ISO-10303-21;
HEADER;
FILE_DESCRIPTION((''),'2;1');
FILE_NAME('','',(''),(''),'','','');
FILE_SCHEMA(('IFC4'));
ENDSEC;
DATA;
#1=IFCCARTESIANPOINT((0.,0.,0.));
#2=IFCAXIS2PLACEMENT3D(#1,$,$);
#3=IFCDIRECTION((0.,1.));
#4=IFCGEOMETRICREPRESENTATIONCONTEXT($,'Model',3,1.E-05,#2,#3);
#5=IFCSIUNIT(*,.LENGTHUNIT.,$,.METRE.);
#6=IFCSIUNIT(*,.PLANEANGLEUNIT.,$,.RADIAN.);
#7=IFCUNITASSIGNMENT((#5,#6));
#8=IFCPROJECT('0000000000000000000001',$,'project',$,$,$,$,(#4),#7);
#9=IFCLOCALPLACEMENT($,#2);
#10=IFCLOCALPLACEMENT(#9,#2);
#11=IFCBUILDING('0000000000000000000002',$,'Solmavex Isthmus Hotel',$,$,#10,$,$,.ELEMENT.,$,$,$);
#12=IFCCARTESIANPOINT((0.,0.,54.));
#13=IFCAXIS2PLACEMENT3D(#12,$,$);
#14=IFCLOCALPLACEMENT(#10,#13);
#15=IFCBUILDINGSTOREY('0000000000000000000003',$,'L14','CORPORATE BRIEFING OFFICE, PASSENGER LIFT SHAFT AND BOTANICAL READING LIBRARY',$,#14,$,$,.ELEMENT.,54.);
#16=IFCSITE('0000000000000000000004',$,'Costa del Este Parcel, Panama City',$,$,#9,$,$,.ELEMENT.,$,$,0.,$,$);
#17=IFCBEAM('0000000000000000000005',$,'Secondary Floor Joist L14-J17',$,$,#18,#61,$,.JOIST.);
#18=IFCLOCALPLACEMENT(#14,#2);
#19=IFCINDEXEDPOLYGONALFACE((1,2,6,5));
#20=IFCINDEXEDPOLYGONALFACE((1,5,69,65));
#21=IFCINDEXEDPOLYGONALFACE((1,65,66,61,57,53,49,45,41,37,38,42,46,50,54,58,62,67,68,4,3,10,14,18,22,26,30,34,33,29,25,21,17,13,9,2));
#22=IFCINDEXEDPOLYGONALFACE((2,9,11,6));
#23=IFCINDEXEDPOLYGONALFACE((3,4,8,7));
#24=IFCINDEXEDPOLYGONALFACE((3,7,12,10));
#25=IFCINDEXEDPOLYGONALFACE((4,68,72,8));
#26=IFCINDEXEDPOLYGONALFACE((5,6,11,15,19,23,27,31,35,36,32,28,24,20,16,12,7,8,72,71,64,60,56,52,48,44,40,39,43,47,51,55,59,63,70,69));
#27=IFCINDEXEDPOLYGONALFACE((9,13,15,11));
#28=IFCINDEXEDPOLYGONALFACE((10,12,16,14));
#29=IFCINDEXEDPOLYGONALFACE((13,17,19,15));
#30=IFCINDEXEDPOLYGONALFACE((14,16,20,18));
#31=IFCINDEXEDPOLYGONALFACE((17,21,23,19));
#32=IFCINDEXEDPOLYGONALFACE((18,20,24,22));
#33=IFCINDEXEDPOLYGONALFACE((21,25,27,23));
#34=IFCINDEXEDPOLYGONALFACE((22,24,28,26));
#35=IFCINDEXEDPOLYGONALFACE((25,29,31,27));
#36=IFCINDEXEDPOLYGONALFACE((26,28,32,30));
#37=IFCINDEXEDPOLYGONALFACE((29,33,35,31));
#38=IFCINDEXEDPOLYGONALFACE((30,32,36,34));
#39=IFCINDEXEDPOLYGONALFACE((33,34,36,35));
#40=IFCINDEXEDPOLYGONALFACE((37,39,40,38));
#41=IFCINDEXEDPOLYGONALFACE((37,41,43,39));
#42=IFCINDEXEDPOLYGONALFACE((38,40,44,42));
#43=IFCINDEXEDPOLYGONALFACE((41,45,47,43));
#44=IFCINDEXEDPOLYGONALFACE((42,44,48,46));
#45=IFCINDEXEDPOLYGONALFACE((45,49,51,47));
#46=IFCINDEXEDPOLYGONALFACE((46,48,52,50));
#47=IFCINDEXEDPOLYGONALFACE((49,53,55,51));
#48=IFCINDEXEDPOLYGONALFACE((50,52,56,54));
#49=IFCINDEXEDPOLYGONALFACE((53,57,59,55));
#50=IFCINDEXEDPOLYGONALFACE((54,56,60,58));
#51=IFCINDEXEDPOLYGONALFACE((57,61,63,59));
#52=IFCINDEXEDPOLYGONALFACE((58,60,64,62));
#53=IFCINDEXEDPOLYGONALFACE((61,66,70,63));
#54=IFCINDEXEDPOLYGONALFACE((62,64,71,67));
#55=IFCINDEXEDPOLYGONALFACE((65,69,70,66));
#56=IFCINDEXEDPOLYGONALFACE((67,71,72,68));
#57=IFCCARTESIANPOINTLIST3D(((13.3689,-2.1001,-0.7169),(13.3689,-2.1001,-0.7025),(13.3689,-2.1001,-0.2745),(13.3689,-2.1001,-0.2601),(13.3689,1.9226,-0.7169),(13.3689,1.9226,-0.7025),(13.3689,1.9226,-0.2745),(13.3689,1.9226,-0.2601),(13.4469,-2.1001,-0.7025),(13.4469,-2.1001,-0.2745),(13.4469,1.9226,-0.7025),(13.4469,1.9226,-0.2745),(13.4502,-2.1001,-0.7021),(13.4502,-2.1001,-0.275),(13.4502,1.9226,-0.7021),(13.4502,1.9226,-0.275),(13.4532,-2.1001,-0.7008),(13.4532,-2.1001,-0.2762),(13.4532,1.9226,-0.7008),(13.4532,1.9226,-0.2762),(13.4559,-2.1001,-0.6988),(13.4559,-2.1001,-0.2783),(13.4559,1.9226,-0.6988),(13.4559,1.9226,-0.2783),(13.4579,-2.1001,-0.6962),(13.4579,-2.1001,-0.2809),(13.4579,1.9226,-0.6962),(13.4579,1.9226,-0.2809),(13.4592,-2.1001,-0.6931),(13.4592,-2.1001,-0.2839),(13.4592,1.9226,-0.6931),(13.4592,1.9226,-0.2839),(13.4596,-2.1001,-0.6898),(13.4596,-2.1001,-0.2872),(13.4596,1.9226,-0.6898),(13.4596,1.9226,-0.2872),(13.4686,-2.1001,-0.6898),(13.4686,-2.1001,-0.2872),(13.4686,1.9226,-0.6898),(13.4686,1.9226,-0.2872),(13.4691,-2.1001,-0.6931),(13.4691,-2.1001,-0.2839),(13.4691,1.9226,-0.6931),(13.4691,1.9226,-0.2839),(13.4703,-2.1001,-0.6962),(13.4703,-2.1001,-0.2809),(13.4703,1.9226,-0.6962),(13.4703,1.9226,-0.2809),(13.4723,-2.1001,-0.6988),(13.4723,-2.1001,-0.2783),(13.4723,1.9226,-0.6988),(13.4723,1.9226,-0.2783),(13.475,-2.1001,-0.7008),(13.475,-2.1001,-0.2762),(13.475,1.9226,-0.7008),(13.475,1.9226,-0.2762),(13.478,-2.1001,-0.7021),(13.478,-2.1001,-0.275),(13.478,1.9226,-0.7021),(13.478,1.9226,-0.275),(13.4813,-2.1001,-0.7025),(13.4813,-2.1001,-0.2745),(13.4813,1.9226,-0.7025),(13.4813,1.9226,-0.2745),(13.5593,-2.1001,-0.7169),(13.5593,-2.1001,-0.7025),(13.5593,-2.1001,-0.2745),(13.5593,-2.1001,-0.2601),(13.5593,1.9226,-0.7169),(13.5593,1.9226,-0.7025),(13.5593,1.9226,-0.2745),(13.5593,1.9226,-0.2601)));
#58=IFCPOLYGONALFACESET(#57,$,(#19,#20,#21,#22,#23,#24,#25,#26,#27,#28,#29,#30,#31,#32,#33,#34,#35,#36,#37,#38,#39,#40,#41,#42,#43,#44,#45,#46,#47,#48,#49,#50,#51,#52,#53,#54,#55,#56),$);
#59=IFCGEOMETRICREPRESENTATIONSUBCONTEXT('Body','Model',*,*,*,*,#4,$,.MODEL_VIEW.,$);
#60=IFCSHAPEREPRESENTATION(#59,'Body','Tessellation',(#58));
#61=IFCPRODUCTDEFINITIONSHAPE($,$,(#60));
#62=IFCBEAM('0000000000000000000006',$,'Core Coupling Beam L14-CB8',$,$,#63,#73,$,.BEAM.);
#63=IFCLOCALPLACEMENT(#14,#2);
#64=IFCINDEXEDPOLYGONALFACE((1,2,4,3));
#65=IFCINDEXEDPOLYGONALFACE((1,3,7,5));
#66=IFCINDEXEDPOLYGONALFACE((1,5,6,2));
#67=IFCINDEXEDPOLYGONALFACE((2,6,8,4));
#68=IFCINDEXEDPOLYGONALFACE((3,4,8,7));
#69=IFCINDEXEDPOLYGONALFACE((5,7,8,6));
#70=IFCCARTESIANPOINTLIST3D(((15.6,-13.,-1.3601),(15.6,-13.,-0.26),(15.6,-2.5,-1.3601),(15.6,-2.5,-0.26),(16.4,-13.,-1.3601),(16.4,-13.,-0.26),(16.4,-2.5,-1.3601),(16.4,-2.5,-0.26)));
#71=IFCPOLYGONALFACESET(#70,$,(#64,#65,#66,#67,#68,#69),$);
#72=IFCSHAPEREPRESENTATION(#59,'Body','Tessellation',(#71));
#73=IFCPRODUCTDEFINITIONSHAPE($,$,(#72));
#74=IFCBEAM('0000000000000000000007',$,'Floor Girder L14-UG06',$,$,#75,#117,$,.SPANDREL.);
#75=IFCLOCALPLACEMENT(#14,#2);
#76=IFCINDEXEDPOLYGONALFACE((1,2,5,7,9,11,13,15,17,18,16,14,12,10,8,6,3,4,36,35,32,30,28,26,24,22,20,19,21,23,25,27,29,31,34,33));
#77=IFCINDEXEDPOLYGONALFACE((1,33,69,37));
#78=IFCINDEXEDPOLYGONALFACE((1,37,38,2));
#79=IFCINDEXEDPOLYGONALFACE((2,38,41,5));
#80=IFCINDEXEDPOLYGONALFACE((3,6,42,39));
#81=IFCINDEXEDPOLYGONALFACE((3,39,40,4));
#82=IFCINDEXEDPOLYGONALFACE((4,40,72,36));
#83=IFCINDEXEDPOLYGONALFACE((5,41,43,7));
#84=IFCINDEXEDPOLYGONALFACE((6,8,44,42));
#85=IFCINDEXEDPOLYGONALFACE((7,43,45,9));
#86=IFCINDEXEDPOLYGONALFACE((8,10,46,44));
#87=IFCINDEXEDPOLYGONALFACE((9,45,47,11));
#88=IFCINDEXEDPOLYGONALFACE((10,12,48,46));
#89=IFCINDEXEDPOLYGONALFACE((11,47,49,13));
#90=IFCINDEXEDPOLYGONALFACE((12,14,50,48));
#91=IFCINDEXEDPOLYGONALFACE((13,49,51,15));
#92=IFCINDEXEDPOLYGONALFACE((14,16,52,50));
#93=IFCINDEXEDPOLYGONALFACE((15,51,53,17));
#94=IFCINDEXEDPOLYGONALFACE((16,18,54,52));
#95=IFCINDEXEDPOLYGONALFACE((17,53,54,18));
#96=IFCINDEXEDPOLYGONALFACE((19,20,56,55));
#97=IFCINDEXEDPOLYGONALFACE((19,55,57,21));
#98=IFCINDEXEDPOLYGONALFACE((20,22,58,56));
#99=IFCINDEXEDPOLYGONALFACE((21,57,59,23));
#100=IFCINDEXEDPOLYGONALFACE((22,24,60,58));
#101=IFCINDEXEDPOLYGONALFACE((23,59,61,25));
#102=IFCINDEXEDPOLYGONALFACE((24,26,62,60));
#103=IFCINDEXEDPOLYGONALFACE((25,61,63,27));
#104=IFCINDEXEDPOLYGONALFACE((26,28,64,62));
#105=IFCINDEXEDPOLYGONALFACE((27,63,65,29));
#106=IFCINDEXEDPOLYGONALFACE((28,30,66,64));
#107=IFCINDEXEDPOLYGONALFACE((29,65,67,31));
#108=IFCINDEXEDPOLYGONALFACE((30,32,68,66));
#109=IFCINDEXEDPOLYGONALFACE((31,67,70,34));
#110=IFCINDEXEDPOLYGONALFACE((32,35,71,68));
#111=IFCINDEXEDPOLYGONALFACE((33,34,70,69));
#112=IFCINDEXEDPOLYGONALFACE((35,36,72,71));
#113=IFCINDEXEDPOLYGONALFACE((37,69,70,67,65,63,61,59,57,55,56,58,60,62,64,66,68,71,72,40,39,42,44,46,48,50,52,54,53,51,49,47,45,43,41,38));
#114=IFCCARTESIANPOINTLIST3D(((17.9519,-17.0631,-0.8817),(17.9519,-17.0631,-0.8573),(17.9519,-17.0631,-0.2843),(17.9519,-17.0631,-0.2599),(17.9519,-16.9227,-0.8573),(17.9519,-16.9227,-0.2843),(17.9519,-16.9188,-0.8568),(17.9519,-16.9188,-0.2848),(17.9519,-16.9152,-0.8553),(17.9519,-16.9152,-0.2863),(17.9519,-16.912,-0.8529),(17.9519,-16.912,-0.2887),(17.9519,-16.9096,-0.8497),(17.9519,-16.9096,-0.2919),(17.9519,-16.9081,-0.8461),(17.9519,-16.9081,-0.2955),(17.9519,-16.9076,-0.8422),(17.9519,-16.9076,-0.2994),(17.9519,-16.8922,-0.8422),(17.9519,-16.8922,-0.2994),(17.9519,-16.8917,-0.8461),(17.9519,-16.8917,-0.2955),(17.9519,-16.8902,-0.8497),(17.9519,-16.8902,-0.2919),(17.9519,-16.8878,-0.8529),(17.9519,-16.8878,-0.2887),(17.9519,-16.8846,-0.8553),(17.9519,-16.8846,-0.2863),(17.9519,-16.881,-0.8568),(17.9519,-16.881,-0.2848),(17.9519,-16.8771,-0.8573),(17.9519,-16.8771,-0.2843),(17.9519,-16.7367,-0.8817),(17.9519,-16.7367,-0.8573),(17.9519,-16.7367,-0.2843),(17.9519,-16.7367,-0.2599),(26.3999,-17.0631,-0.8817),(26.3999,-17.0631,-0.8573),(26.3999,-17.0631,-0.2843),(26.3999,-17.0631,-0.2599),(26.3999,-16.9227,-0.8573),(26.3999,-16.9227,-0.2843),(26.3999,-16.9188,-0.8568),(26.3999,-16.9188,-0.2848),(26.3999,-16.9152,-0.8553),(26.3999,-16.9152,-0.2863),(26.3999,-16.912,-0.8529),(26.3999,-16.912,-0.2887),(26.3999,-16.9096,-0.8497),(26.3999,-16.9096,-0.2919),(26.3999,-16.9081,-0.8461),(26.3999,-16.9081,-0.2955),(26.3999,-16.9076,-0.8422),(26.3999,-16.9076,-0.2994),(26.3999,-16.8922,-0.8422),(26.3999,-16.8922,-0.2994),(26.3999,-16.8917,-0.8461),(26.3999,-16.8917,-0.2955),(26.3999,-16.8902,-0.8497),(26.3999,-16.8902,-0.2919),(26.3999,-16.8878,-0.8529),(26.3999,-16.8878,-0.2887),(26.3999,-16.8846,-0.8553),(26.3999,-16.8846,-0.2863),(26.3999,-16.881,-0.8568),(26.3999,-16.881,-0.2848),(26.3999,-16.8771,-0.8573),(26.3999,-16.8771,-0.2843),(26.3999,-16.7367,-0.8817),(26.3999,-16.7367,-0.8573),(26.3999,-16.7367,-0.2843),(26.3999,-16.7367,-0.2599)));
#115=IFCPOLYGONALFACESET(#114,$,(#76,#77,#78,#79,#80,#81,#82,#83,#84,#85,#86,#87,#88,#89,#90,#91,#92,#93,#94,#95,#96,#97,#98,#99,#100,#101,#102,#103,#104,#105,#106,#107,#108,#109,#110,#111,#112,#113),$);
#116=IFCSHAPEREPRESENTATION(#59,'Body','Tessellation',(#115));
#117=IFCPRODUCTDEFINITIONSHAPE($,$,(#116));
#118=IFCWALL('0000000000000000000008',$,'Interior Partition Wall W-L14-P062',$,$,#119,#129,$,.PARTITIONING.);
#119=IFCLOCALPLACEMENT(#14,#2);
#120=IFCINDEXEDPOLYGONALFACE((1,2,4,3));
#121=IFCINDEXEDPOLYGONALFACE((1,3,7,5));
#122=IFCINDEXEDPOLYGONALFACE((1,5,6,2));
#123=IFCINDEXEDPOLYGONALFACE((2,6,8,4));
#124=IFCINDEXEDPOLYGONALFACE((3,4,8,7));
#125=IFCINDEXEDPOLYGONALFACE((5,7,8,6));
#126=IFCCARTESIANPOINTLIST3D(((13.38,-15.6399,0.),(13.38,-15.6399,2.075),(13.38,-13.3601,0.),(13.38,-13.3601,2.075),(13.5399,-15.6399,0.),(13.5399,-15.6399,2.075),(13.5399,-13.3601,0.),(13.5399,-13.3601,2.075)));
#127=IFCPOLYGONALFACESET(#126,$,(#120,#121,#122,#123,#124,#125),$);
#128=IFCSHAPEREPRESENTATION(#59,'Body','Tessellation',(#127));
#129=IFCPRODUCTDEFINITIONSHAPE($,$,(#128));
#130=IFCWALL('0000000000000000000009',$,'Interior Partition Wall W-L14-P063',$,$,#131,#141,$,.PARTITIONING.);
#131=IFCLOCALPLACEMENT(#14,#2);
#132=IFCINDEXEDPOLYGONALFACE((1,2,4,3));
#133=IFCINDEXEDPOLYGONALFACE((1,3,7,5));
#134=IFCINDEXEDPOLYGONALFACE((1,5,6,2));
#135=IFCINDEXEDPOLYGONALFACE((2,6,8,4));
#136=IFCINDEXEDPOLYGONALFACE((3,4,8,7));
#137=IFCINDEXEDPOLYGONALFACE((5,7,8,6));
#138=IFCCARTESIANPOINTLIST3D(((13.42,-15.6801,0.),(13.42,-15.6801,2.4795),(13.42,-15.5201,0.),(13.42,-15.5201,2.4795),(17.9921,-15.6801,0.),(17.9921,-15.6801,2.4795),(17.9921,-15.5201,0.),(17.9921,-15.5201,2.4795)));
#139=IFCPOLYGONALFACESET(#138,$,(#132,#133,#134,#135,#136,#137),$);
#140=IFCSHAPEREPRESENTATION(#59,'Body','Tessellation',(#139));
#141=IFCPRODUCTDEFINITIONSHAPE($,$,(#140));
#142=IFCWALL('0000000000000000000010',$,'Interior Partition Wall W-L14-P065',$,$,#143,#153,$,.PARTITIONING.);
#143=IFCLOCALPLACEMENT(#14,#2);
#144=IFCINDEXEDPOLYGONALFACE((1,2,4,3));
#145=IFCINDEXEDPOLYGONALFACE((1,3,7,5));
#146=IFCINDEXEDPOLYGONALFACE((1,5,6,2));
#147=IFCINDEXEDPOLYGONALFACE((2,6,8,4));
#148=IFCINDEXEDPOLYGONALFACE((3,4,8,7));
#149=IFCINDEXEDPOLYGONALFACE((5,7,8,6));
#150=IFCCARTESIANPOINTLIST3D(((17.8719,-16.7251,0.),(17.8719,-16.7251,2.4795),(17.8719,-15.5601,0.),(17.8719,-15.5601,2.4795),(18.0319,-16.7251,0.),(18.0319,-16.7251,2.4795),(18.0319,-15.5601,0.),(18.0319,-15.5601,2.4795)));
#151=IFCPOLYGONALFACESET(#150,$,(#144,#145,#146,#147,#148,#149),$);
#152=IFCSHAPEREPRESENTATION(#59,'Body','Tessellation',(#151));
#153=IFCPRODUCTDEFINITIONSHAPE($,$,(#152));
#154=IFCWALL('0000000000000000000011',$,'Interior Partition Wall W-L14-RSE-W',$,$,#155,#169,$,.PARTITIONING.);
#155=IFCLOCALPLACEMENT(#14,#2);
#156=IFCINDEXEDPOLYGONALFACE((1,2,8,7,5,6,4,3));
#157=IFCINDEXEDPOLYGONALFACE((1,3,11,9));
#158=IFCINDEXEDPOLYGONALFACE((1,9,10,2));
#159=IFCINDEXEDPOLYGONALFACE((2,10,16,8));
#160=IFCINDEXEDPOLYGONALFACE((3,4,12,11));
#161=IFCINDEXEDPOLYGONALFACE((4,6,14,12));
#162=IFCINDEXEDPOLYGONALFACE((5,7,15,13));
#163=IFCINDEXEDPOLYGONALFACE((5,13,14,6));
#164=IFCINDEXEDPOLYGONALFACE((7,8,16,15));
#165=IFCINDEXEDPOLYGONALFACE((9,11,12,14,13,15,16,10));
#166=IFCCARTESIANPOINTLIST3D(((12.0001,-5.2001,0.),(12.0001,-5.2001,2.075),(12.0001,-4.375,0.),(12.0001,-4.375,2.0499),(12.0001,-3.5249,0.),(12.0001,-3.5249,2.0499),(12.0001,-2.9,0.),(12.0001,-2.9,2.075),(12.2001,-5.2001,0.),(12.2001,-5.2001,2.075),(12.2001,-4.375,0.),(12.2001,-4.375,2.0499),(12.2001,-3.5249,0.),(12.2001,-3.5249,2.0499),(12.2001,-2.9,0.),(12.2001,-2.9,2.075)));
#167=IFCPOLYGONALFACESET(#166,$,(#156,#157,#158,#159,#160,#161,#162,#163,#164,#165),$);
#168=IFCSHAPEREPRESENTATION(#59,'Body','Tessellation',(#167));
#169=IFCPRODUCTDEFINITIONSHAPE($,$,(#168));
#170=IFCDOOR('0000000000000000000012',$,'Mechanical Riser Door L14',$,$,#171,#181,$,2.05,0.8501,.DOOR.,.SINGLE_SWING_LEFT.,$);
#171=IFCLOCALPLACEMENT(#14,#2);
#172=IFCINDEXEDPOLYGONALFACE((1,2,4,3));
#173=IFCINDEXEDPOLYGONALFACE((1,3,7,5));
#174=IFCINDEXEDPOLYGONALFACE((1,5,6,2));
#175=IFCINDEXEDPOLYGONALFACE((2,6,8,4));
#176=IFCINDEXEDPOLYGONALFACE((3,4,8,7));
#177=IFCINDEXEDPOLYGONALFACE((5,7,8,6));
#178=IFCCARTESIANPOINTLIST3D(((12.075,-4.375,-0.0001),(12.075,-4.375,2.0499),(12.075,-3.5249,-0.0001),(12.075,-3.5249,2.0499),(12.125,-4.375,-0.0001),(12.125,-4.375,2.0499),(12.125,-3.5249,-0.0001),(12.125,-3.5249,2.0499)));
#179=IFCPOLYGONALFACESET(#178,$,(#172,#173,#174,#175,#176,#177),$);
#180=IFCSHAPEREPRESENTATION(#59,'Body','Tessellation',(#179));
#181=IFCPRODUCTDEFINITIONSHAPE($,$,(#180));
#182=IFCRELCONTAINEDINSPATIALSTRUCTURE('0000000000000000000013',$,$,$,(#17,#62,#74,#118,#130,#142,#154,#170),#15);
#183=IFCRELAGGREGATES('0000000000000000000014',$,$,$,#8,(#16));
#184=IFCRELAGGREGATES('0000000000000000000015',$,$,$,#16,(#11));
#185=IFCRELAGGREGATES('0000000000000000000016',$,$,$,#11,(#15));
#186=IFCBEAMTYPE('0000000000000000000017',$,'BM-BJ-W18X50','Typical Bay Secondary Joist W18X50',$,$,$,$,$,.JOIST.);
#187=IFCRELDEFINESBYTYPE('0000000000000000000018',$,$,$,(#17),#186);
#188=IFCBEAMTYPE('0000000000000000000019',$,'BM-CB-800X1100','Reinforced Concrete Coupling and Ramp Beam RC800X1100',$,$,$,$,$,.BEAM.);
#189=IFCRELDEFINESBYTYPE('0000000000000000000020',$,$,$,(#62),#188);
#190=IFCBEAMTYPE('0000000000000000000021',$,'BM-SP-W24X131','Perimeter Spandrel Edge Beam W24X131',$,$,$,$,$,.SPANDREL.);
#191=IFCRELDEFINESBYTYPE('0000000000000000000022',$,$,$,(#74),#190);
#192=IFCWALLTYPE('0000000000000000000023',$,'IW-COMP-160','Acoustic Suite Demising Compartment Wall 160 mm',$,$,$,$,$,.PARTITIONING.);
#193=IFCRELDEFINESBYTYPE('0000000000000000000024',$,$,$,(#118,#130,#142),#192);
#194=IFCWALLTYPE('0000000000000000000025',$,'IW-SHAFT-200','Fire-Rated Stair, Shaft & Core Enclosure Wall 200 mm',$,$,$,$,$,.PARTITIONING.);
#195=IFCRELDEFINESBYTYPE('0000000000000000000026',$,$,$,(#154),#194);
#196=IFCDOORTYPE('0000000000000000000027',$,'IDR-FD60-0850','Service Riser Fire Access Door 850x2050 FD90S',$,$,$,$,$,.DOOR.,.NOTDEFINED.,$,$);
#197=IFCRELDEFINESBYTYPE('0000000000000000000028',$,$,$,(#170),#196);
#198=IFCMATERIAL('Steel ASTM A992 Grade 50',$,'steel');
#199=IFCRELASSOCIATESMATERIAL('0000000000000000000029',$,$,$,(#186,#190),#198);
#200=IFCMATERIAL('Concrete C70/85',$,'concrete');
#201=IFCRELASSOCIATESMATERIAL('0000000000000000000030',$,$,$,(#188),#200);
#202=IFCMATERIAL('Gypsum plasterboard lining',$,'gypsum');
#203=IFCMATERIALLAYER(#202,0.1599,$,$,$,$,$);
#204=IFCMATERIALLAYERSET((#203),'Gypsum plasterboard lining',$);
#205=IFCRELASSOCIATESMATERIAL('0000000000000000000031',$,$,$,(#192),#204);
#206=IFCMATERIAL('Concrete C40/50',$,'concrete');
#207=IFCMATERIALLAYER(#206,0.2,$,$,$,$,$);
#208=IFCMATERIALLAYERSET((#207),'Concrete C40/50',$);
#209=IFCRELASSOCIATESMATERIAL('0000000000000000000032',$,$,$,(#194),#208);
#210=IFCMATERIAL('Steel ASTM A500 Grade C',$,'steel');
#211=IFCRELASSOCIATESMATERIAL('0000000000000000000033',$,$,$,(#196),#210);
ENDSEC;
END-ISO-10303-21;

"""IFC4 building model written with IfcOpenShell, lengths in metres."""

from ifc_helpers import new_model, si_unit, direction, frame, frame_2d, origin, origin_2d, place, context, subcontext, project, spatial, rectangle, i_section, extrude, material, layer, layer_set, material_profile, profile_set, type_object, element, fill, save


model = new_model("IFC4")

# Units and contexts
model_context = context("Model", 3, precision=1e-05, world=origin(), true_north=direction((0.0, 1.0)))
body_context = subcontext(model_context, "Body", "Model", "MODEL_VIEW")
ifc_project = project(units=[si_unit("LENGTHUNIT", "METRE"), si_unit("PLANEANGLEUNIT", "RADIAN")], contexts=[model_context])

# Site, building, storey
site_placement = place(None, origin())
site = spatial("IfcSite", under=ifc_project, at=site_placement, Name="Costa del Este Parcel, Panama City", CompositionType="ELEMENT", RefElevation=0.0)
building_placement = place(site_placement, origin())
building = spatial("IfcBuilding", under=site, at=building_placement, Name="Solmavex Isthmus Hotel", CompositionType="ELEMENT")
storey_placement = place(building_placement, frame((0.0, 0.0, 54.0)))
storey = spatial("IfcBuildingStorey", under=building, at=storey_placement, Name="L14", Description="CORPORATE BRIEFING OFFICE, PASSENGER LIFT SHAFT AND BOTANICAL READING LIBRARY", CompositionType="ELEMENT", Elevation=54.0)

# Shared definitions
ifc_material_1 = material(Name="Concrete C70/85", Category="concrete")

# Beams
ifc_material_2 = material(Name="Steel ASTM A992 Grade 50", Category="steel")
ifc_material_profile_1 = material_profile(ifc_material_2, i_section(OverallWidth=0.1904, OverallDepth=0.4568, WebThickness=0.009, FlangeThickness=0.0144, FilletRadius=0.0127, at=origin_2d()), Name="W18X50")
ifc_profile_set_1 = profile_set([ifc_material_profile_1], Name="Steel ASTM A992 Grade 50")
beam_type_1 = type_object("IfcBeamType", Name="BM-BJ-W18X50", Description="Typical Bay Secondary Joist W18X50", PredefinedType="JOIST", material=ifc_profile_set_1)
beam_1_placement = place(storey_placement, frame((13.4641, -2.1001, -0.4885), z_axis=(0.0, 1.0, 0.0), x_axis=(-1.0, 0.0, 0.0)))
element("IfcBeam", 1, at=beam_1_placement, inside=storey, type_object=beam_type_1, Name="Secondary Floor Joist L14-J17", PredefinedType="JOIST", context=body_context, shape_type="SweptSolid", body=[
    extrude(i_section(OverallWidth=0.1904, OverallDepth=0.4568, WebThickness=0.009, FlangeThickness=0.0144, FilletRadius=0.0127, at=origin_2d()), origin(), (0.0, 0.0, 1.0), 4.0227),
])
ifc_material_profile_2 = material_profile(ifc_material_1, rectangle(XDim=0.8, YDim=1.1001, at=origin_2d()), Name="RC800X1100")
ifc_profile_set_2 = profile_set([ifc_material_profile_2], Name="Concrete C70/85")
beam_type_2 = type_object("IfcBeamType", Name="BM-CB-800X1100", Description="Reinforced Concrete Coupling and Ramp Beam RC800X1100", PredefinedType="BEAM", material=ifc_profile_set_2)
beam_2_placement = place(storey_placement, frame((16.0, -13.0, -0.8101), z_axis=(0.0, 1.0, 0.0), x_axis=(-1.0, 0.0, 0.0)))
element("IfcBeam", 2, at=beam_2_placement, inside=storey, type_object=beam_type_2, Name="Core Coupling Beam L14-CB8", PredefinedType="BEAM", context=body_context, shape_type="SweptSolid", body=[
    extrude(rectangle(XDim=0.8, YDim=1.1001, at=origin_2d()), origin(), (0.0, 0.0, 1.0), 10.5),
])
ifc_material_profile_3 = material_profile(ifc_material_2, i_section(OverallWidth=0.3264, OverallDepth=0.6218, WebThickness=0.0154, FlangeThickness=0.0244, FilletRadius=0.0151, at=origin_2d()), Name="W24X131")
ifc_profile_set_3 = profile_set([ifc_material_profile_3], Name="Steel ASTM A992 Grade 50")
beam_type_3 = type_object("IfcBeamType", Name="BM-SP-W24X131", Description="Perimeter Spandrel Edge Beam W24X131", PredefinedType="SPANDREL", material=ifc_profile_set_3)
beam_3_placement = place(storey_placement, frame((17.9519, -16.8999, -0.5708), z_axis=(1.0, 0.0, 0.0), x_axis=(0.0, 1.0, 0.0)))
element("IfcBeam", 3, at=beam_3_placement, inside=storey, type_object=beam_type_3, Name="Floor Girder L14-UG06", PredefinedType="SPANDREL", context=body_context, shape_type="SweptSolid", body=[
    extrude(i_section(OverallWidth=0.3264, OverallDepth=0.6218, WebThickness=0.0154, FlangeThickness=0.0244, FilletRadius=0.0151, at=origin_2d()), origin(), (0.0, 0.0, 1.0), 8.448),
])

# Walls
ifc_material_3 = material(Name="Gypsum plasterboard lining", Category="gypsum")
ifc_layer_1 = layer(ifc_material_3, 0.1599)
ifc_layer_set_1 = layer_set([ifc_layer_1], Name="Gypsum plasterboard lining")
wall_type_1 = type_object("IfcWallType", Name="IW-COMP-160", Description="Acoustic Suite Demising Compartment Wall 160 mm", PredefinedType="PARTITIONING", material=ifc_layer_set_1)
wall_1_placement = place(storey_placement, frame((13.46, -13.3601, 0.0), z_axis=(0.0, 0.0, 1.0), x_axis=(0.0, -1.0, 0.0)))
element("IfcWall", 4, at=wall_1_placement, inside=storey, type_object=wall_type_1, Name="Interior Partition Wall W-L14-P062", PredefinedType="PARTITIONING", context=body_context, shape_type="SweptSolid", body=[
    extrude(rectangle(XDim=2.2798, YDim=0.1599, at=frame_2d((1.1399, 0.0))), origin(), (0.0, 0.0, 1.0), 2.075),
])
wall_2_placement = place(storey_placement, frame((13.4199, -15.6001, 0.0), z_axis=(0.0, 0.0, 1.0), x_axis=(1.0, 0.0, 0.0)))
element("IfcWall", 5, at=wall_2_placement, inside=storey, type_object=wall_type_1, Name="Interior Partition Wall W-L14-P063", PredefinedType="PARTITIONING", context=body_context, shape_type="SweptSolid", body=[
    extrude(rectangle(XDim=4.572, YDim=0.1599, at=frame_2d((2.2861, 0.0))), origin(), (0.0, 0.0, 1.0), 2.4795),
])

# Wall
wall_3_placement = place(storey_placement, frame((17.9519, -15.5601, 0.0), z_axis=(0.0, 0.0, 1.0), x_axis=(0.0, -1.0, 0.0)))
element("IfcWall", 6, at=wall_3_placement, inside=storey, type_object=wall_type_1, Name="Interior Partition Wall W-L14-P065", PredefinedType="PARTITIONING", context=body_context, shape_type="SweptSolid", body=[
    extrude(rectangle(XDim=1.165, YDim=0.1599, at=frame_2d((0.5825, 0.0))), origin(), (0.0, 0.0, 1.0), 2.4795),
])

# Wall, opening, door
ifc_material_4 = material(Name="Concrete C40/50", Category="concrete")
ifc_layer_2 = layer(ifc_material_4, 0.2)
ifc_layer_set_2 = layer_set([ifc_layer_2], Name="Concrete C40/50")
wall_type_2 = type_object("IfcWallType", Name="IW-SHAFT-200", Description="Fire-Rated Stair, Shaft & Core Enclosure Wall 200 mm", PredefinedType="PARTITIONING", material=ifc_layer_set_2)
wall_4_placement = place(storey_placement, frame((12.1001, -5.2, 0.0), z_axis=(0.0, 0.0, 1.0), x_axis=(0.0, 1.0, 0.0)))
wall_4 = element("IfcWall", 7, at=wall_4_placement, inside=storey, type_object=wall_type_2, Name="Interior Partition Wall W-L14-RSE-W", PredefinedType="PARTITIONING", context=body_context, shape_type="SweptSolid", body=[
    extrude(rectangle(XDim=2.3, YDim=0.2, at=frame_2d((1.1499, 0.0))), origin(), (0.0, 0.0, 1.0), 2.075),
])
opening_1_placement = place(wall_4_placement, frame((0.825, 0.0, 0.0)))
opening_1 = element("IfcOpeningElement", 8, at=opening_1_placement, cuts=wall_4, PredefinedType="OPENING", context=body_context, shape_type="SweptSolid", body=[
    extrude(rectangle(XDim=0.8501, YDim=2.05, at=frame_2d((0.425, 1.0249))), frame((0.0, 0.1099, 0.0), z_axis=(0.0, -1.0, 0.0), x_axis=(1.0, 0.0, 0.0)), (0.0, 0.0, 1.0), 0.22),
])
ifc_material_5 = material(Name="Steel ASTM A500 Grade C", Category="steel")
door_type_1 = type_object("IfcDoorType", Name="IDR-FD60-0850", Description="Service Riser Fire Access Door 850x2050 FD90S", OperationType="NOTDEFINED", PredefinedType="DOOR", material=ifc_material_5)
door_1_placement = place(opening_1_placement, frame((0.8501, 0.0, 0.0), z_axis=(0.0, 0.0, 1.0), x_axis=(-1.0, 0.0, 0.0)))
door_1 = element("IfcDoor", 9, at=door_1_placement, inside=storey, type_object=door_type_1, Name="Mechanical Riser Door L14", OperationType="SINGLE_SWING_LEFT", OverallHeight=2.05, OverallWidth=0.8501, PredefinedType="DOOR", context=body_context, shape_type="SweptSolid", body=[
    extrude(rectangle(XDim=0.8501, YDim=2.05, at=frame_2d((0.425, 1.0249))), frame((0.0, 0.0249, 0.0), z_axis=(0.0, -1.0, 0.0), x_axis=(1.0, 0.0, 0.0)), (0.0, 0.0, 1.0), 0.05),
])
fill(opening_1, door_1)

save(model, "model.ifc")
